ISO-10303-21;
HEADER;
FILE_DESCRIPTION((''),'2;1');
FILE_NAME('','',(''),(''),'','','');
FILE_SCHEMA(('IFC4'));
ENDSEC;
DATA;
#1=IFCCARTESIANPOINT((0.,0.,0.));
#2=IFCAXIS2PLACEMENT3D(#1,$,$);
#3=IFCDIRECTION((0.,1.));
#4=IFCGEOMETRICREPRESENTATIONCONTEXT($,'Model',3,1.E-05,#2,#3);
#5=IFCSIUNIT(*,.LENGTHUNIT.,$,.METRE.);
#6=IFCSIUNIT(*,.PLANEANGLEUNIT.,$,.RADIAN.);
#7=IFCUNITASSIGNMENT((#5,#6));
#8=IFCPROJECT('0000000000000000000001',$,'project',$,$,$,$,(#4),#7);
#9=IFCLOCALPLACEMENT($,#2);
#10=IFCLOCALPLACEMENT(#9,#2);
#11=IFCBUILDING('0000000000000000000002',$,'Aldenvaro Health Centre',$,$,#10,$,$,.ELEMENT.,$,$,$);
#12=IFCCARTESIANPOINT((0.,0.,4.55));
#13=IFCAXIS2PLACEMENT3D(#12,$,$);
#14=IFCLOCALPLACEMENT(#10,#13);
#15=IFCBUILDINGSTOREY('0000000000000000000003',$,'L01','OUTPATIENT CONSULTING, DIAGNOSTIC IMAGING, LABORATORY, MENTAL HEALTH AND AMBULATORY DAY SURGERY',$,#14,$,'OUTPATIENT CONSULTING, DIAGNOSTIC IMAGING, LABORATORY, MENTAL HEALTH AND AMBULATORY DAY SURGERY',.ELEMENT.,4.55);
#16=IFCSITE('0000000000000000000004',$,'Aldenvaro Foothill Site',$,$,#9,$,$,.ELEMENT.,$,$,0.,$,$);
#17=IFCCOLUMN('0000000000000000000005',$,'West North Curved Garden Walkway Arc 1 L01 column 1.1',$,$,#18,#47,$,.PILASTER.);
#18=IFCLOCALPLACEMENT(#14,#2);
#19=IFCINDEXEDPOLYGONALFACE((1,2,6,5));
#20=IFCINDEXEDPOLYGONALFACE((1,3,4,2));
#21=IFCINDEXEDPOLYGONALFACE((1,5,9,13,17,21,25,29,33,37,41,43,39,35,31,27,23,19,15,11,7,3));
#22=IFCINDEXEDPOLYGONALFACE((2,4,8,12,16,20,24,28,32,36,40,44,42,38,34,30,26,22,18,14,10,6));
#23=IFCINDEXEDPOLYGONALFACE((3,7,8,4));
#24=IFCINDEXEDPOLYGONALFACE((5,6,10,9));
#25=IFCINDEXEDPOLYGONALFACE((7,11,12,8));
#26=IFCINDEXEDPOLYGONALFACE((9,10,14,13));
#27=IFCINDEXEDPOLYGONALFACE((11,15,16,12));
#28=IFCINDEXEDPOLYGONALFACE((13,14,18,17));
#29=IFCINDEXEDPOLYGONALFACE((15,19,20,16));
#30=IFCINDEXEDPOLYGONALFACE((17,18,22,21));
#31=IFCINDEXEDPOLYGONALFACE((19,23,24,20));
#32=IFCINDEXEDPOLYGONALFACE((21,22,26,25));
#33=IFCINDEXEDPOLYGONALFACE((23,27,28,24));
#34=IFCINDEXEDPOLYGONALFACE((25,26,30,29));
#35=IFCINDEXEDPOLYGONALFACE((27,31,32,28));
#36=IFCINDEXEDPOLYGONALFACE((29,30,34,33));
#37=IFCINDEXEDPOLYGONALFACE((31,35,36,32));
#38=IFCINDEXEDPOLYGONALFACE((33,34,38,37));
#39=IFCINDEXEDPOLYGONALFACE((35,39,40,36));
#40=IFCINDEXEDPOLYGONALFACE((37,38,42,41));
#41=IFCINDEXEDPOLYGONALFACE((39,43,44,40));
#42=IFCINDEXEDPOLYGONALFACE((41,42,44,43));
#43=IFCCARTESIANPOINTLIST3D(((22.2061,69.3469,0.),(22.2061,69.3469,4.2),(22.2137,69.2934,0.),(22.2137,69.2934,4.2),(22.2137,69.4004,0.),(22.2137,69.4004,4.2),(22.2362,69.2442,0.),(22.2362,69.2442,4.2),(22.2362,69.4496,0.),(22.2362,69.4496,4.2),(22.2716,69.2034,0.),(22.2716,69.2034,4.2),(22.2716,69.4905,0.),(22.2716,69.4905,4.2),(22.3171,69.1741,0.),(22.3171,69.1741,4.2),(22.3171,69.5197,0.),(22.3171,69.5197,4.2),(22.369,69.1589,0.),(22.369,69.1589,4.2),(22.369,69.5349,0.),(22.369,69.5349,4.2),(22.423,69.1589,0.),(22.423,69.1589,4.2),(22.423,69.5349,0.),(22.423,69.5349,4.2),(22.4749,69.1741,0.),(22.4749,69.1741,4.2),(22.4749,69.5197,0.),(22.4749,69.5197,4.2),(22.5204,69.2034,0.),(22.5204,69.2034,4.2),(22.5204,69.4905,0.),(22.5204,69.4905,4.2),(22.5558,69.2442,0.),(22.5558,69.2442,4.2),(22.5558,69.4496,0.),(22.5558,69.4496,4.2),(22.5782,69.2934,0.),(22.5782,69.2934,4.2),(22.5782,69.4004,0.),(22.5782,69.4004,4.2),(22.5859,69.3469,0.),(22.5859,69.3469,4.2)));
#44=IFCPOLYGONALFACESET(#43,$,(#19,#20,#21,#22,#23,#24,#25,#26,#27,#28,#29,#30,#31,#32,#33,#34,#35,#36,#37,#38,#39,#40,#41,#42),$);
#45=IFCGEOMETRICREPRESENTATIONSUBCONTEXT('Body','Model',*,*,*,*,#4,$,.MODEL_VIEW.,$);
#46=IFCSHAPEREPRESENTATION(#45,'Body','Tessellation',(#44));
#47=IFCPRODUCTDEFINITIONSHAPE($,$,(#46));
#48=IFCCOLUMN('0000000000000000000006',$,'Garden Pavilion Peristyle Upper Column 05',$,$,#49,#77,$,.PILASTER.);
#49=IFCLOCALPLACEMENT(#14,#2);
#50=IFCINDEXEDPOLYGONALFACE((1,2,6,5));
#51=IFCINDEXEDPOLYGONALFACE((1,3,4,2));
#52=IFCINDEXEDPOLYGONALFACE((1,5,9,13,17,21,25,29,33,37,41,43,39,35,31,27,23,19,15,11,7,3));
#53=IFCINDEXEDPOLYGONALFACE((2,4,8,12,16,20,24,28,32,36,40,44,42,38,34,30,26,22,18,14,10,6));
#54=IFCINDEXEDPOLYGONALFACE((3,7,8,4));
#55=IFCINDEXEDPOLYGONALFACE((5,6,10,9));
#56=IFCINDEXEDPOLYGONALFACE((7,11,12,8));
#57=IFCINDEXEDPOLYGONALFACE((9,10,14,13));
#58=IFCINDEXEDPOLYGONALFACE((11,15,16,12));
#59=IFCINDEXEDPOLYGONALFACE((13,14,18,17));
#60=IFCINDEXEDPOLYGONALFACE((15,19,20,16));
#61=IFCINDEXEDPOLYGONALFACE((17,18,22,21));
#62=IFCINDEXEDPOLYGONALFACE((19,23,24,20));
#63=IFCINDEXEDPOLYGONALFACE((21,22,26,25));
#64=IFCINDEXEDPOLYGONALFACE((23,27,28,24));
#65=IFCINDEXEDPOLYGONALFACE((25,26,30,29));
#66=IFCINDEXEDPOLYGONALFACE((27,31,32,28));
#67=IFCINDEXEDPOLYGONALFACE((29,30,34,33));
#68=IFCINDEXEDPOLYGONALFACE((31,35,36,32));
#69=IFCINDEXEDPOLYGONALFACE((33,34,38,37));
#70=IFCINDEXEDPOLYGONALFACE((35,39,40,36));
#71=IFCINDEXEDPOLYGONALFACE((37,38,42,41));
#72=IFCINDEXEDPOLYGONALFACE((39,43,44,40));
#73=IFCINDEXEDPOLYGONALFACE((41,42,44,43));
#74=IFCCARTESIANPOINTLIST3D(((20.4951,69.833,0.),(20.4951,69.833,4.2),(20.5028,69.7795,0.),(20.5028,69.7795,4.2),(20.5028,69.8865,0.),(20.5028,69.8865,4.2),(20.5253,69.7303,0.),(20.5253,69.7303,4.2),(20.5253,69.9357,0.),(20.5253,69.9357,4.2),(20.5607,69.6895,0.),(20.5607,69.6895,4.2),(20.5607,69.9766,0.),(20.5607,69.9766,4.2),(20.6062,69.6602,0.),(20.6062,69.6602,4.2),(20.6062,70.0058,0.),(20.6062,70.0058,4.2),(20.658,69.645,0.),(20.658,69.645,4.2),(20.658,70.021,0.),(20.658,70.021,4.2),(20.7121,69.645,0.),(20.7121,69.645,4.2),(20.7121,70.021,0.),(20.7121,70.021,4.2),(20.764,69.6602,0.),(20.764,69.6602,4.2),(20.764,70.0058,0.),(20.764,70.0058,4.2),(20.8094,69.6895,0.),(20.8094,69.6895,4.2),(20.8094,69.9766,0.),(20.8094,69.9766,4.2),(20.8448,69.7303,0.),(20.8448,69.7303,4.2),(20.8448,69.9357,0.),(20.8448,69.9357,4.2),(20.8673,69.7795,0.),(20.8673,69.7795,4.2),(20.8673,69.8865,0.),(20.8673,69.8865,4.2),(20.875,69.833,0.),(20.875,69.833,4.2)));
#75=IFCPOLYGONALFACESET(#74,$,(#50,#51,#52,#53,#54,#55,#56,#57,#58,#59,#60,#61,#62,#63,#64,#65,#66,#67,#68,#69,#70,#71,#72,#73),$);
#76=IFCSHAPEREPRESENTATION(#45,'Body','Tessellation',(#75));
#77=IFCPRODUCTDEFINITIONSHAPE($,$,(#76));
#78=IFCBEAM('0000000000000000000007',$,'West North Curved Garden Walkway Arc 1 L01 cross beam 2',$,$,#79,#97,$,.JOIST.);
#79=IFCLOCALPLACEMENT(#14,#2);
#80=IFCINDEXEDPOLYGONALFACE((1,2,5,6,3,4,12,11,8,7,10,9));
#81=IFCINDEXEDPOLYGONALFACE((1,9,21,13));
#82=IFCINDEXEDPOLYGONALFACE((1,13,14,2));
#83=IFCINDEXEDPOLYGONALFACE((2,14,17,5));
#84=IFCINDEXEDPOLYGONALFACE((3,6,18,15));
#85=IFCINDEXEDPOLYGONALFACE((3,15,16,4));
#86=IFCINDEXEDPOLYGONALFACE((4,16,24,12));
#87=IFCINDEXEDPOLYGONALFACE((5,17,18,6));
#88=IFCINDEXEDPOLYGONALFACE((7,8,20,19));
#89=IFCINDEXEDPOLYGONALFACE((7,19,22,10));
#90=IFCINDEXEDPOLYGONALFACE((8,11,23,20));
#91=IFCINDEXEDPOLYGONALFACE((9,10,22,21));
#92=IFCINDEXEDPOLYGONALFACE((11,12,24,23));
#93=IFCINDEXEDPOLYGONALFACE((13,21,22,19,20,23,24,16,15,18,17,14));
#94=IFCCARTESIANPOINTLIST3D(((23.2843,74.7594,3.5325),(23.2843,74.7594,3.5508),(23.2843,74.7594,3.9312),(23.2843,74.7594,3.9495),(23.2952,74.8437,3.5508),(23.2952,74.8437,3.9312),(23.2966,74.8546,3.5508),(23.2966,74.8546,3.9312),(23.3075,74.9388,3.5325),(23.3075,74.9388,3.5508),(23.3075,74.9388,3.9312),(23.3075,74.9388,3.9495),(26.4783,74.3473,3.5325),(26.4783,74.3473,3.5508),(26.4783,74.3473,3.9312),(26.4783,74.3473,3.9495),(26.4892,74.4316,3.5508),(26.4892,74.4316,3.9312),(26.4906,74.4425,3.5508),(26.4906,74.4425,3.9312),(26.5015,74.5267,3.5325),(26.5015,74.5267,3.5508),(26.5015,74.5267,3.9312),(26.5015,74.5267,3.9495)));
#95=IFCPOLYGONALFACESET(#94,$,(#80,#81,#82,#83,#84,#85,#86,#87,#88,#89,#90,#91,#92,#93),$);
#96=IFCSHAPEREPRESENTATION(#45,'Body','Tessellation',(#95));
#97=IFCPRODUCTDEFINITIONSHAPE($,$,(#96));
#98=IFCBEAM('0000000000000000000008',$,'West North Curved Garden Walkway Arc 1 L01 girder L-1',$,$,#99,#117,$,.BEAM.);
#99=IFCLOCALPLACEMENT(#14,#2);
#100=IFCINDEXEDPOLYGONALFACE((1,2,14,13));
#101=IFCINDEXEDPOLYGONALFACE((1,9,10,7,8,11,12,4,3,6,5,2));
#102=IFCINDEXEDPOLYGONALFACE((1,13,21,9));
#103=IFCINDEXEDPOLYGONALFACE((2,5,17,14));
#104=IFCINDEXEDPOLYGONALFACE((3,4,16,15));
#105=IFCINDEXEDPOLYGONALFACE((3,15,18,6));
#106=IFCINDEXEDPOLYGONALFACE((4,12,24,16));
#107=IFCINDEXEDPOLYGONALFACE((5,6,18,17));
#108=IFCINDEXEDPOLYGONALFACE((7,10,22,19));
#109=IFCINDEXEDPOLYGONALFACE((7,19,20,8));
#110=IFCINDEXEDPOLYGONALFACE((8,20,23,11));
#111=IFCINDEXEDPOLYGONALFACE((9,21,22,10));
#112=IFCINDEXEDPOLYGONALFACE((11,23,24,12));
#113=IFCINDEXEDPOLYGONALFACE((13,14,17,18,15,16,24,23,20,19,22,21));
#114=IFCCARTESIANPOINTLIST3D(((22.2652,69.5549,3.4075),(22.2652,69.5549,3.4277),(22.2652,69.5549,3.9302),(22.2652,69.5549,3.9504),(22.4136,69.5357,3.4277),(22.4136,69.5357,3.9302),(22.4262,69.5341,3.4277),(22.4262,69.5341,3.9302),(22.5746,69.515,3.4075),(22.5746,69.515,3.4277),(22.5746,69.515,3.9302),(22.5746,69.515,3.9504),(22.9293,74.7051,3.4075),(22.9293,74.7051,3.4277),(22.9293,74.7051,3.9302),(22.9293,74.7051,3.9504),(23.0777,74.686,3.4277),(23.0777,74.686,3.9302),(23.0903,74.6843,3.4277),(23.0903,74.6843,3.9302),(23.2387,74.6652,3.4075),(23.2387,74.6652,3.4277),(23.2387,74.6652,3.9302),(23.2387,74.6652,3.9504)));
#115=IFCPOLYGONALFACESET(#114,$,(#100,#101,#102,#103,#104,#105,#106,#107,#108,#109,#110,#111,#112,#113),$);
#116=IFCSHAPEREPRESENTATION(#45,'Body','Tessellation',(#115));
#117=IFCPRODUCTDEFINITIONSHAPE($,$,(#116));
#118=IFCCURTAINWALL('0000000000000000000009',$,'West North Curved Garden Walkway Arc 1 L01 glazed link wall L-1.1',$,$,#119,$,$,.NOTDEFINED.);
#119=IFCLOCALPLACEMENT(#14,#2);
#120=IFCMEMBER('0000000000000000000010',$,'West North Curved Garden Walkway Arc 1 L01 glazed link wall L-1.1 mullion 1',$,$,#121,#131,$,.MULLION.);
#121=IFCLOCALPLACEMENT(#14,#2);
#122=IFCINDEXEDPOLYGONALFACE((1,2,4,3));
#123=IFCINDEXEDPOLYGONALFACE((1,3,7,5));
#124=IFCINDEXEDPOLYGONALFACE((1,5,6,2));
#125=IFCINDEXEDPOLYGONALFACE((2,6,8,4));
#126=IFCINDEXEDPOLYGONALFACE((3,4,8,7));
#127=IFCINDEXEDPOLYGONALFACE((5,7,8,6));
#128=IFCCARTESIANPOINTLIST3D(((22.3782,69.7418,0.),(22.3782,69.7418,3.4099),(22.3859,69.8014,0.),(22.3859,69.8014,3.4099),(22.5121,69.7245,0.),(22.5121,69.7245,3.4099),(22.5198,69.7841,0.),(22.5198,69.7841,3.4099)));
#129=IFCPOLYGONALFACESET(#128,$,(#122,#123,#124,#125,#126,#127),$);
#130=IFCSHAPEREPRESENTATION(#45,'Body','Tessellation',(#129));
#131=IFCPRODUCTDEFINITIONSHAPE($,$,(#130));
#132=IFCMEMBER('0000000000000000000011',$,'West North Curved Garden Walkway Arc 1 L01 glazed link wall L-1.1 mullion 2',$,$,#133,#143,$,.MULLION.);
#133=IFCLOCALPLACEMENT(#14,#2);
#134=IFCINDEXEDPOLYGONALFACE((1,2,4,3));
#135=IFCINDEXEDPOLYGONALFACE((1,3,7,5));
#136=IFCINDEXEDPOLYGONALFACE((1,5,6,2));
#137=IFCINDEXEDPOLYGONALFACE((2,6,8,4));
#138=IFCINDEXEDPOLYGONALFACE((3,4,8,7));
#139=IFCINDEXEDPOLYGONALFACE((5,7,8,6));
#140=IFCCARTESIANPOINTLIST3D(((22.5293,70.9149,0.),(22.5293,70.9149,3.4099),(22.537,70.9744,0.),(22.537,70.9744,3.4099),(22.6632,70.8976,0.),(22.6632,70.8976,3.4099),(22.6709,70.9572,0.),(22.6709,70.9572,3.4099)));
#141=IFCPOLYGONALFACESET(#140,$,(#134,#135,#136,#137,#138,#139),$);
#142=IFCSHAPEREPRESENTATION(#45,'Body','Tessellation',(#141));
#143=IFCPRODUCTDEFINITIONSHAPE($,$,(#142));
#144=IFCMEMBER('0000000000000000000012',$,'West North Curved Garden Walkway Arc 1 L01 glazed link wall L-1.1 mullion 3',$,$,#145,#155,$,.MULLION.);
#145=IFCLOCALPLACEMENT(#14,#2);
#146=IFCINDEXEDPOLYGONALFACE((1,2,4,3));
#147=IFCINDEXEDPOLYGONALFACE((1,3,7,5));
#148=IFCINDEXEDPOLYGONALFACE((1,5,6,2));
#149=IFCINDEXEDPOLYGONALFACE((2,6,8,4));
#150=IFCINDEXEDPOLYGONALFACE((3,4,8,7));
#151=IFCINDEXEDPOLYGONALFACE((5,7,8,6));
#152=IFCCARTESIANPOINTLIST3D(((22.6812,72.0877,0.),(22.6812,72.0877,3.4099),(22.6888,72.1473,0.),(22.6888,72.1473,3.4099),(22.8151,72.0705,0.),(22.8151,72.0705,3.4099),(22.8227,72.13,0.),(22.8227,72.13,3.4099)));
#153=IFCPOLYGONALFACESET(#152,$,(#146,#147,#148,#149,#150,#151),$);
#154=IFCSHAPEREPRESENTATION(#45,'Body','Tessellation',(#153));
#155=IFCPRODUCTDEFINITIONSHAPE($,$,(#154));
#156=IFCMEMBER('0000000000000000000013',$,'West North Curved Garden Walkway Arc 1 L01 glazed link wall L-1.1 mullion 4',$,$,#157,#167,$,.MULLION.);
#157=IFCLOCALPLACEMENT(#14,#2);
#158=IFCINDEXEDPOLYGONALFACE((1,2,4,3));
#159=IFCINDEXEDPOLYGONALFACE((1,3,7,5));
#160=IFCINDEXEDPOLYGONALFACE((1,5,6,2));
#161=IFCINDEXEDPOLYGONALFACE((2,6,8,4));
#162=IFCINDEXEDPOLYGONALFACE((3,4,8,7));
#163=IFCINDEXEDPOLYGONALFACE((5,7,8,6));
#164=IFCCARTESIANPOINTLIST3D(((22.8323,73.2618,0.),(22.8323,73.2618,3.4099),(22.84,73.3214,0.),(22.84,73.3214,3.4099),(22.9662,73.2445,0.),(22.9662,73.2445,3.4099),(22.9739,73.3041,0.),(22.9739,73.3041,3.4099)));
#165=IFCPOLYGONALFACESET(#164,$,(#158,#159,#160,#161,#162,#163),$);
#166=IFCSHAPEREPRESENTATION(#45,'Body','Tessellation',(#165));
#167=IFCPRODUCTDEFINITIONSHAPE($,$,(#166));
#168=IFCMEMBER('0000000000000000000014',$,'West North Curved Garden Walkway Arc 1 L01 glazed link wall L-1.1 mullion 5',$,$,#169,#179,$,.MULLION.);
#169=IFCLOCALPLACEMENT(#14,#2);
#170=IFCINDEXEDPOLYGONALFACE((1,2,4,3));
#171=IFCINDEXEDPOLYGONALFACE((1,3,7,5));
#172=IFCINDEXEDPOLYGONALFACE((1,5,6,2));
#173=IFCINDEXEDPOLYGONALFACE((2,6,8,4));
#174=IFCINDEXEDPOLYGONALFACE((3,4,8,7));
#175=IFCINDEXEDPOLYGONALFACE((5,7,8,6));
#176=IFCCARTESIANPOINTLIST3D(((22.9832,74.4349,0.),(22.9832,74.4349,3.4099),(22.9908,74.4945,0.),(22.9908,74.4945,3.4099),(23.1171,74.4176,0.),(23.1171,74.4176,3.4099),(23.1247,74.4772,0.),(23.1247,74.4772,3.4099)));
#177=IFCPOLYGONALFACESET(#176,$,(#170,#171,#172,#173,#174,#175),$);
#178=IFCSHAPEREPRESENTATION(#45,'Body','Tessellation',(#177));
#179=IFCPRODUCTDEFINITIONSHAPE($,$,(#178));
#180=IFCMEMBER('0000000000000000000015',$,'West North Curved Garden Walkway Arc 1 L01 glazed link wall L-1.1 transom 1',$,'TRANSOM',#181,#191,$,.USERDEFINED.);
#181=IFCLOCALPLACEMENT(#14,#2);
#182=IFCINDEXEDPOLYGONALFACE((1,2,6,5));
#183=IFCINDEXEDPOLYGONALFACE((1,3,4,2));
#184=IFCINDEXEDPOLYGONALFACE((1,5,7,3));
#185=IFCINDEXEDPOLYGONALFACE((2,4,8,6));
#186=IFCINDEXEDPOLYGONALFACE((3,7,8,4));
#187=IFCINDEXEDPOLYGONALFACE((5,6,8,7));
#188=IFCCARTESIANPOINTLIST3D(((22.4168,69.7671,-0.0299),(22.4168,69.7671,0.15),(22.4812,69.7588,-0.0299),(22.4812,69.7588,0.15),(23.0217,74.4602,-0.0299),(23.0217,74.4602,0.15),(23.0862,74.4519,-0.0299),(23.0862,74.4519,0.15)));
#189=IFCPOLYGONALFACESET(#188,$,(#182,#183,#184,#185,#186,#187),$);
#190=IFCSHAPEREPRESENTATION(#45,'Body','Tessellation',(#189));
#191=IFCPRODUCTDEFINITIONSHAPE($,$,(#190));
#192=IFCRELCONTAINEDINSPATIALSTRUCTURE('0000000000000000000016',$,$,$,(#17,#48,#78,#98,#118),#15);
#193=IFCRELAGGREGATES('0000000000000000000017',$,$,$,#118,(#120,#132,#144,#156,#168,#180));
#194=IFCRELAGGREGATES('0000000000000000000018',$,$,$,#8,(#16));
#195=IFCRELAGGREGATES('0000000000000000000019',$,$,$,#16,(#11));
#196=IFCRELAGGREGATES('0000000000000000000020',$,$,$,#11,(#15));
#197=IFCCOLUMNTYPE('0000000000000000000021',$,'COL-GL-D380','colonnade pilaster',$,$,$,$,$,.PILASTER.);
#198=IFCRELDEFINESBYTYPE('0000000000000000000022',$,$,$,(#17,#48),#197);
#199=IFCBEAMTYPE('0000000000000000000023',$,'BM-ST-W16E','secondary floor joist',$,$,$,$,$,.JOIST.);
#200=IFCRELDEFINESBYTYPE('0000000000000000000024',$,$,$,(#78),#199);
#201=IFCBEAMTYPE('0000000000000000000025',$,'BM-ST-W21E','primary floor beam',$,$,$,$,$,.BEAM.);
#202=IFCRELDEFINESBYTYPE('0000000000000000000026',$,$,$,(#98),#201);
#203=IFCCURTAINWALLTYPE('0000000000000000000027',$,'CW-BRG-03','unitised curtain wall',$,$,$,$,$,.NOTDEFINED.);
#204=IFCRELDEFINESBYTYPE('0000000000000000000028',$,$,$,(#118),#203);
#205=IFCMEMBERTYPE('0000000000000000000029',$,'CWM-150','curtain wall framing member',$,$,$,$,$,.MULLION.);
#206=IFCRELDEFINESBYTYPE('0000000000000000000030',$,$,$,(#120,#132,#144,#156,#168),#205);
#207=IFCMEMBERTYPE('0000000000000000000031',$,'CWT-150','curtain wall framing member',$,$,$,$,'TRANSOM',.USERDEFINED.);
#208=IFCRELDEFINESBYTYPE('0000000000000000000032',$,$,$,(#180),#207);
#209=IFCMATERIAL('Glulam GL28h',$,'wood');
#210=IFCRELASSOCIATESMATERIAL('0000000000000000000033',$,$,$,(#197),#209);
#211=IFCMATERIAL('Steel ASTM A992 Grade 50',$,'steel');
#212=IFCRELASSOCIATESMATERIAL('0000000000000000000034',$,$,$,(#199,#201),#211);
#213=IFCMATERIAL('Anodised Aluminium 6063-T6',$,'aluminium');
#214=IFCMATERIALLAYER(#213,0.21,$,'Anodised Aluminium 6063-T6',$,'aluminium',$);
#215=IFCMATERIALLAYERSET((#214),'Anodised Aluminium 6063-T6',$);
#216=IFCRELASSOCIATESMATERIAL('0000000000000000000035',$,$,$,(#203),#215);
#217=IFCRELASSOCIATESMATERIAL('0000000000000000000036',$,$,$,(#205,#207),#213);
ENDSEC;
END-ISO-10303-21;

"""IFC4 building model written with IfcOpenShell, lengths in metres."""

from ifc_helpers import new_model, si_unit, direction, frame, origin, origin_2d, place, context, subcontext, project, spatial, rectangle, circle, i_section, extrude, material, layer, layer_set, material_profile, profile_set, type_object, element, aggregate, save


model = new_model("IFC4")

# Units and contexts
model_context = context("Model", 3, precision=1e-05, world=origin(), true_north=direction((0.0, 1.0)))
body_context = subcontext(model_context, "Body", "Model", "MODEL_VIEW")
ifc_project = project(units=[si_unit("LENGTHUNIT", "METRE"), si_unit("PLANEANGLEUNIT", "RADIAN")], contexts=[model_context])

# Site, building, storey
site_placement = place(None, origin())
site = spatial("IfcSite", under=ifc_project, at=site_placement, Name="Aldenvaro Foothill Site", CompositionType="ELEMENT", RefElevation=0.0)
building_placement = place(site_placement, origin())
building = spatial("IfcBuilding", under=site, at=building_placement, Name="Aldenvaro Health Centre", CompositionType="ELEMENT")
storey_placement = place(building_placement, frame((0.0, 0.0, 4.55)))
storey = spatial("IfcBuildingStorey", under=building, at=storey_placement, Name="L01", Description="OUTPATIENT CONSULTING, DIAGNOSTIC IMAGING, LABORATORY, MENTAL HEALTH AND AMBULATORY DAY SURGERY", LongName="OUTPATIENT CONSULTING, DIAGNOSTIC IMAGING, LABORATORY, MENTAL HEALTH AND AMBULATORY DAY SURGERY", CompositionType="ELEMENT", Elevation=4.55)

# Columns
ifc_material_1 = material(Name="Glulam GL28h", Category="wood")
ifc_material_profile_1 = material_profile(ifc_material_1, circle(Radius=0.1899, at=origin_2d()), Name="GL D380", Category="wood")
ifc_profile_set_1 = profile_set([ifc_material_profile_1], Name="Glulam GL28h")
column_type = type_object("IfcColumnType", Name="COL-GL-D380", Description="colonnade pilaster", PredefinedType="PILASTER", material=ifc_profile_set_1)
for number, where, z_axis, x_axis, name in (
    (1, (22.396, 69.3469, 0.0), (0.0, 0.0, 1.0), (1.0, 0.0, 0.0), "West North Curved Garden Walkway Arc 1 L01 column 1.1"),
    (2, (20.6851, 69.833, 0.0), (0.0, 0.0, 1.0), (1.0, 0.0, 0.0), "Garden Pavilion Peristyle Upper Column 05"),
):
    element("IfcColumn", number, at=place(storey_placement, frame(where, z_axis=z_axis, x_axis=x_axis)), inside=storey, type_object=column_type, Name=name, PredefinedType="PILASTER", context=body_context, shape_type="SweptSolid", body=[
        extrude(circle(Radius=0.1899, at=origin_2d()), origin(), (0.0, 0.0, 1.0), 4.2),
    ])

# Beams
ifc_material_2 = material(Name="Steel ASTM A992 Grade 50", Category="steel")
ifc_material_profile_2 = material_profile(ifc_material_2, i_section(OverallWidth=0.1809, OverallDepth=0.417, WebThickness=0.011, FlangeThickness=0.0183, at=origin_2d()), Name="W16X57", Category="steel")
ifc_profile_set_2 = profile_set([ifc_material_profile_2], Name="Steel ASTM A992 Grade 50")
beam_type_1 = type_object("IfcBeamType", Name="BM-ST-W16E", Description="secondary floor joist", PredefinedType="JOIST", material=ifc_profile_set_2)
beam_1_placement = place(storey_placement, frame((23.2959, 74.8491, 3.741), z_axis=(0.991779, -0.127962, 0.0), x_axis=(0.127962, 0.991779, 0.0)))
element("IfcBeam", 3, at=beam_1_placement, inside=storey, type_object=beam_type_1, Name="West North Curved Garden Walkway Arc 1 L01 cross beam 2", PredefinedType="JOIST", context=body_context, shape_type="SweptSolid", body=[
    extrude(i_section(OverallWidth=0.1809, OverallDepth=0.417, WebThickness=0.011, FlangeThickness=0.0183, at=origin_2d()), origin(), (0.0, 0.0, 1.0), 3.2205),
])
ifc_material_profile_3 = material_profile(ifc_material_2, i_section(OverallWidth=0.312, OverallDepth=0.543, WebThickness=0.0127, FlangeThickness=0.0203, at=origin_2d()), Name="W21X101", Category="steel")
ifc_profile_set_3 = profile_set([ifc_material_profile_3], Name="Steel ASTM A992 Grade 50")
beam_type_2 = type_object("IfcBeamType", Name="BM-ST-W21E", Description="primary floor beam", PredefinedType="BEAM", material=ifc_profile_set_3)
beam_2_placement = place(storey_placement, frame((22.4199, 69.5349, 3.679), z_axis=(0.127882, 0.991789, 0.0), x_axis=(-0.991789, 0.127882, 0.0)))
element("IfcBeam", 4, at=beam_2_placement, inside=storey, type_object=beam_type_2, Name="West North Curved Garden Walkway Arc 1 L01 girder L-1", PredefinedType="BEAM", context=body_context, shape_type="SweptSolid", body=[
    extrude(i_section(OverallWidth=0.312, OverallDepth=0.543, WebThickness=0.0127, FlangeThickness=0.0203, at=origin_2d()), origin(), (0.0, 0.0, 1.0), 5.1929),
])

# Curtain wall, members
ifc_material_3 = material(Name="Anodised Aluminium 6063-T6", Category="aluminium")
ifc_layer_1 = layer(ifc_material_3, 0.21, Name="Anodised Aluminium 6063-T6", Category="aluminium")
ifc_layer_set_1 = layer_set([ifc_layer_1], Name="Anodised Aluminium 6063-T6")
curtain_wall_type = type_object("IfcCurtainWallType", Name="CW-BRG-03", Description="unitised curtain wall", PredefinedType="NOTDEFINED", material=ifc_layer_set_1)
curtain_wall_placement = place(storey_placement, origin())
curtain_wall = element("IfcCurtainWall", 5, at=curtain_wall_placement, inside=storey, type_object=curtain_wall_type, Name="West North Curved Garden Walkway Arc 1 L01 glazed link wall L-1.1", PredefinedType="NOTDEFINED")
ifc_material_profile_4 = material_profile(ifc_material_3, rectangle(XDim=0.0601, YDim=0.135, at=origin_2d()), Name="ALU 60x135", Category="aluminium")
ifc_profile_set_4 = profile_set([ifc_material_profile_4], Name="Anodised Aluminium 6063-T6")
member_type_1 = type_object("IfcMemberType", Name="CWM-150", Description="curtain wall framing member", PredefinedType="MULLION", material=ifc_profile_set_4)
member_1_placement = place(storey_placement, frame((22.449, 69.7629, 0.0), z_axis=(0.0, 0.0, 1.0), x_axis=(0.127857, 0.991793, 0.0)))
member_1 = element("IfcMember", 6, at=member_1_placement, type_object=member_type_1, Name="West North Curved Garden Walkway Arc 1 L01 glazed link wall L-1.1 mullion 1", PredefinedType="MULLION", context=body_context, shape_type="SweptSolid", body=[
    extrude(rectangle(XDim=0.0601, YDim=0.135, at=origin_2d()), origin(), (0.0, 0.0, 1.0), 3.4099),
])
member_2_placement = place(storey_placement, frame((22.6001, 70.936, 0.0), z_axis=(0.0, 0.0, 1.0), x_axis=(0.127857, 0.991793, 0.0)))
member_2 = element("IfcMember", 7, at=member_2_placement, type_object=member_type_1, Name="West North Curved Garden Walkway Arc 1 L01 glazed link wall L-1.1 mullion 2", PredefinedType="MULLION", context=body_context, shape_type="SweptSolid", body=[
    extrude(rectangle(XDim=0.0601, YDim=0.135, at=origin_2d()), origin(), (0.0, 0.0, 1.0), 3.4099),
])
member_3_placement = place(storey_placement, frame((22.752, 72.1089, 0.0), z_axis=(0.0, 0.0, 1.0), x_axis=(0.127857, 0.991793, 0.0)))
member_3 = element("IfcMember", 8, at=member_3_placement, type_object=member_type_1, Name="West North Curved Garden Walkway Arc 1 L01 glazed link wall L-1.1 mullion 3", PredefinedType="MULLION", context=body_context, shape_type="SweptSolid", body=[
    extrude(rectangle(XDim=0.0601, YDim=0.135, at=origin_2d()), origin(), (0.0, 0.0, 1.0), 3.4099),
])
member_4_placement = place(storey_placement, frame((22.9031, 73.283, 0.0), z_axis=(0.0, 0.0, 1.0), x_axis=(0.127857, 0.991793, 0.0)))
member_4 = element("IfcMember", 9, at=member_4_placement, type_object=member_type_1, Name="West North Curved Garden Walkway Arc 1 L01 glazed link wall L-1.1 mullion 4", PredefinedType="MULLION", context=body_context, shape_type="SweptSolid", body=[
    extrude(rectangle(XDim=0.0601, YDim=0.135, at=origin_2d()), origin(), (0.0, 0.0, 1.0), 3.4099),
])
member_5_placement = place(storey_placement, frame((23.054, 74.4561, 0.0), z_axis=(0.0, 0.0, 1.0), x_axis=(0.127857, 0.991793, 0.0)))
member_5 = element("IfcMember", 10, at=member_5_placement, type_object=member_type_1, Name="West North Curved Garden Walkway Arc 1 L01 glazed link wall L-1.1 mullion 5", PredefinedType="MULLION", context=body_context, shape_type="SweptSolid", body=[
    extrude(rectangle(XDim=0.0601, YDim=0.135, at=origin_2d()), origin(), (0.0, 0.0, 1.0), 3.4099),
])
ifc_material_profile_5 = material_profile(ifc_material_3, rectangle(XDim=0.0649, YDim=0.1799, at=origin_2d()), Name="ALU 65x180", Category="aluminium")
ifc_profile_set_5 = profile_set([ifc_material_profile_5], Name="Anodised Aluminium 6063-T6")
member_type_2 = type_object("IfcMemberType", Name="CWT-150", Description="curtain wall framing member", ElementType="TRANSOM", PredefinedType="USERDEFINED", material=ifc_profile_set_5)
member_6_placement = place(storey_placement, frame((22.449, 69.7629, 0.0601), z_axis=(0.12785, 0.991793, 0.0), x_axis=(-0.991793, 0.12785, 0.0)))
member_6 = element("IfcMember", 11, at=member_6_placement, type_object=member_type_2, Name="West North Curved Garden Walkway Arc 1 L01 glazed link wall L-1.1 transom 1", ObjectType="TRANSOM", PredefinedType="USERDEFINED", context=body_context, shape_type="SweptSolid", body=[
    extrude(rectangle(XDim=0.0649, YDim=0.1799, at=origin_2d()), origin(), (0.0, 0.0, 1.0), 4.7319),
])
aggregate(curtain_wall, [member_1, member_2, member_3, member_4, member_5, member_6])

save(model, "model.ifc")
